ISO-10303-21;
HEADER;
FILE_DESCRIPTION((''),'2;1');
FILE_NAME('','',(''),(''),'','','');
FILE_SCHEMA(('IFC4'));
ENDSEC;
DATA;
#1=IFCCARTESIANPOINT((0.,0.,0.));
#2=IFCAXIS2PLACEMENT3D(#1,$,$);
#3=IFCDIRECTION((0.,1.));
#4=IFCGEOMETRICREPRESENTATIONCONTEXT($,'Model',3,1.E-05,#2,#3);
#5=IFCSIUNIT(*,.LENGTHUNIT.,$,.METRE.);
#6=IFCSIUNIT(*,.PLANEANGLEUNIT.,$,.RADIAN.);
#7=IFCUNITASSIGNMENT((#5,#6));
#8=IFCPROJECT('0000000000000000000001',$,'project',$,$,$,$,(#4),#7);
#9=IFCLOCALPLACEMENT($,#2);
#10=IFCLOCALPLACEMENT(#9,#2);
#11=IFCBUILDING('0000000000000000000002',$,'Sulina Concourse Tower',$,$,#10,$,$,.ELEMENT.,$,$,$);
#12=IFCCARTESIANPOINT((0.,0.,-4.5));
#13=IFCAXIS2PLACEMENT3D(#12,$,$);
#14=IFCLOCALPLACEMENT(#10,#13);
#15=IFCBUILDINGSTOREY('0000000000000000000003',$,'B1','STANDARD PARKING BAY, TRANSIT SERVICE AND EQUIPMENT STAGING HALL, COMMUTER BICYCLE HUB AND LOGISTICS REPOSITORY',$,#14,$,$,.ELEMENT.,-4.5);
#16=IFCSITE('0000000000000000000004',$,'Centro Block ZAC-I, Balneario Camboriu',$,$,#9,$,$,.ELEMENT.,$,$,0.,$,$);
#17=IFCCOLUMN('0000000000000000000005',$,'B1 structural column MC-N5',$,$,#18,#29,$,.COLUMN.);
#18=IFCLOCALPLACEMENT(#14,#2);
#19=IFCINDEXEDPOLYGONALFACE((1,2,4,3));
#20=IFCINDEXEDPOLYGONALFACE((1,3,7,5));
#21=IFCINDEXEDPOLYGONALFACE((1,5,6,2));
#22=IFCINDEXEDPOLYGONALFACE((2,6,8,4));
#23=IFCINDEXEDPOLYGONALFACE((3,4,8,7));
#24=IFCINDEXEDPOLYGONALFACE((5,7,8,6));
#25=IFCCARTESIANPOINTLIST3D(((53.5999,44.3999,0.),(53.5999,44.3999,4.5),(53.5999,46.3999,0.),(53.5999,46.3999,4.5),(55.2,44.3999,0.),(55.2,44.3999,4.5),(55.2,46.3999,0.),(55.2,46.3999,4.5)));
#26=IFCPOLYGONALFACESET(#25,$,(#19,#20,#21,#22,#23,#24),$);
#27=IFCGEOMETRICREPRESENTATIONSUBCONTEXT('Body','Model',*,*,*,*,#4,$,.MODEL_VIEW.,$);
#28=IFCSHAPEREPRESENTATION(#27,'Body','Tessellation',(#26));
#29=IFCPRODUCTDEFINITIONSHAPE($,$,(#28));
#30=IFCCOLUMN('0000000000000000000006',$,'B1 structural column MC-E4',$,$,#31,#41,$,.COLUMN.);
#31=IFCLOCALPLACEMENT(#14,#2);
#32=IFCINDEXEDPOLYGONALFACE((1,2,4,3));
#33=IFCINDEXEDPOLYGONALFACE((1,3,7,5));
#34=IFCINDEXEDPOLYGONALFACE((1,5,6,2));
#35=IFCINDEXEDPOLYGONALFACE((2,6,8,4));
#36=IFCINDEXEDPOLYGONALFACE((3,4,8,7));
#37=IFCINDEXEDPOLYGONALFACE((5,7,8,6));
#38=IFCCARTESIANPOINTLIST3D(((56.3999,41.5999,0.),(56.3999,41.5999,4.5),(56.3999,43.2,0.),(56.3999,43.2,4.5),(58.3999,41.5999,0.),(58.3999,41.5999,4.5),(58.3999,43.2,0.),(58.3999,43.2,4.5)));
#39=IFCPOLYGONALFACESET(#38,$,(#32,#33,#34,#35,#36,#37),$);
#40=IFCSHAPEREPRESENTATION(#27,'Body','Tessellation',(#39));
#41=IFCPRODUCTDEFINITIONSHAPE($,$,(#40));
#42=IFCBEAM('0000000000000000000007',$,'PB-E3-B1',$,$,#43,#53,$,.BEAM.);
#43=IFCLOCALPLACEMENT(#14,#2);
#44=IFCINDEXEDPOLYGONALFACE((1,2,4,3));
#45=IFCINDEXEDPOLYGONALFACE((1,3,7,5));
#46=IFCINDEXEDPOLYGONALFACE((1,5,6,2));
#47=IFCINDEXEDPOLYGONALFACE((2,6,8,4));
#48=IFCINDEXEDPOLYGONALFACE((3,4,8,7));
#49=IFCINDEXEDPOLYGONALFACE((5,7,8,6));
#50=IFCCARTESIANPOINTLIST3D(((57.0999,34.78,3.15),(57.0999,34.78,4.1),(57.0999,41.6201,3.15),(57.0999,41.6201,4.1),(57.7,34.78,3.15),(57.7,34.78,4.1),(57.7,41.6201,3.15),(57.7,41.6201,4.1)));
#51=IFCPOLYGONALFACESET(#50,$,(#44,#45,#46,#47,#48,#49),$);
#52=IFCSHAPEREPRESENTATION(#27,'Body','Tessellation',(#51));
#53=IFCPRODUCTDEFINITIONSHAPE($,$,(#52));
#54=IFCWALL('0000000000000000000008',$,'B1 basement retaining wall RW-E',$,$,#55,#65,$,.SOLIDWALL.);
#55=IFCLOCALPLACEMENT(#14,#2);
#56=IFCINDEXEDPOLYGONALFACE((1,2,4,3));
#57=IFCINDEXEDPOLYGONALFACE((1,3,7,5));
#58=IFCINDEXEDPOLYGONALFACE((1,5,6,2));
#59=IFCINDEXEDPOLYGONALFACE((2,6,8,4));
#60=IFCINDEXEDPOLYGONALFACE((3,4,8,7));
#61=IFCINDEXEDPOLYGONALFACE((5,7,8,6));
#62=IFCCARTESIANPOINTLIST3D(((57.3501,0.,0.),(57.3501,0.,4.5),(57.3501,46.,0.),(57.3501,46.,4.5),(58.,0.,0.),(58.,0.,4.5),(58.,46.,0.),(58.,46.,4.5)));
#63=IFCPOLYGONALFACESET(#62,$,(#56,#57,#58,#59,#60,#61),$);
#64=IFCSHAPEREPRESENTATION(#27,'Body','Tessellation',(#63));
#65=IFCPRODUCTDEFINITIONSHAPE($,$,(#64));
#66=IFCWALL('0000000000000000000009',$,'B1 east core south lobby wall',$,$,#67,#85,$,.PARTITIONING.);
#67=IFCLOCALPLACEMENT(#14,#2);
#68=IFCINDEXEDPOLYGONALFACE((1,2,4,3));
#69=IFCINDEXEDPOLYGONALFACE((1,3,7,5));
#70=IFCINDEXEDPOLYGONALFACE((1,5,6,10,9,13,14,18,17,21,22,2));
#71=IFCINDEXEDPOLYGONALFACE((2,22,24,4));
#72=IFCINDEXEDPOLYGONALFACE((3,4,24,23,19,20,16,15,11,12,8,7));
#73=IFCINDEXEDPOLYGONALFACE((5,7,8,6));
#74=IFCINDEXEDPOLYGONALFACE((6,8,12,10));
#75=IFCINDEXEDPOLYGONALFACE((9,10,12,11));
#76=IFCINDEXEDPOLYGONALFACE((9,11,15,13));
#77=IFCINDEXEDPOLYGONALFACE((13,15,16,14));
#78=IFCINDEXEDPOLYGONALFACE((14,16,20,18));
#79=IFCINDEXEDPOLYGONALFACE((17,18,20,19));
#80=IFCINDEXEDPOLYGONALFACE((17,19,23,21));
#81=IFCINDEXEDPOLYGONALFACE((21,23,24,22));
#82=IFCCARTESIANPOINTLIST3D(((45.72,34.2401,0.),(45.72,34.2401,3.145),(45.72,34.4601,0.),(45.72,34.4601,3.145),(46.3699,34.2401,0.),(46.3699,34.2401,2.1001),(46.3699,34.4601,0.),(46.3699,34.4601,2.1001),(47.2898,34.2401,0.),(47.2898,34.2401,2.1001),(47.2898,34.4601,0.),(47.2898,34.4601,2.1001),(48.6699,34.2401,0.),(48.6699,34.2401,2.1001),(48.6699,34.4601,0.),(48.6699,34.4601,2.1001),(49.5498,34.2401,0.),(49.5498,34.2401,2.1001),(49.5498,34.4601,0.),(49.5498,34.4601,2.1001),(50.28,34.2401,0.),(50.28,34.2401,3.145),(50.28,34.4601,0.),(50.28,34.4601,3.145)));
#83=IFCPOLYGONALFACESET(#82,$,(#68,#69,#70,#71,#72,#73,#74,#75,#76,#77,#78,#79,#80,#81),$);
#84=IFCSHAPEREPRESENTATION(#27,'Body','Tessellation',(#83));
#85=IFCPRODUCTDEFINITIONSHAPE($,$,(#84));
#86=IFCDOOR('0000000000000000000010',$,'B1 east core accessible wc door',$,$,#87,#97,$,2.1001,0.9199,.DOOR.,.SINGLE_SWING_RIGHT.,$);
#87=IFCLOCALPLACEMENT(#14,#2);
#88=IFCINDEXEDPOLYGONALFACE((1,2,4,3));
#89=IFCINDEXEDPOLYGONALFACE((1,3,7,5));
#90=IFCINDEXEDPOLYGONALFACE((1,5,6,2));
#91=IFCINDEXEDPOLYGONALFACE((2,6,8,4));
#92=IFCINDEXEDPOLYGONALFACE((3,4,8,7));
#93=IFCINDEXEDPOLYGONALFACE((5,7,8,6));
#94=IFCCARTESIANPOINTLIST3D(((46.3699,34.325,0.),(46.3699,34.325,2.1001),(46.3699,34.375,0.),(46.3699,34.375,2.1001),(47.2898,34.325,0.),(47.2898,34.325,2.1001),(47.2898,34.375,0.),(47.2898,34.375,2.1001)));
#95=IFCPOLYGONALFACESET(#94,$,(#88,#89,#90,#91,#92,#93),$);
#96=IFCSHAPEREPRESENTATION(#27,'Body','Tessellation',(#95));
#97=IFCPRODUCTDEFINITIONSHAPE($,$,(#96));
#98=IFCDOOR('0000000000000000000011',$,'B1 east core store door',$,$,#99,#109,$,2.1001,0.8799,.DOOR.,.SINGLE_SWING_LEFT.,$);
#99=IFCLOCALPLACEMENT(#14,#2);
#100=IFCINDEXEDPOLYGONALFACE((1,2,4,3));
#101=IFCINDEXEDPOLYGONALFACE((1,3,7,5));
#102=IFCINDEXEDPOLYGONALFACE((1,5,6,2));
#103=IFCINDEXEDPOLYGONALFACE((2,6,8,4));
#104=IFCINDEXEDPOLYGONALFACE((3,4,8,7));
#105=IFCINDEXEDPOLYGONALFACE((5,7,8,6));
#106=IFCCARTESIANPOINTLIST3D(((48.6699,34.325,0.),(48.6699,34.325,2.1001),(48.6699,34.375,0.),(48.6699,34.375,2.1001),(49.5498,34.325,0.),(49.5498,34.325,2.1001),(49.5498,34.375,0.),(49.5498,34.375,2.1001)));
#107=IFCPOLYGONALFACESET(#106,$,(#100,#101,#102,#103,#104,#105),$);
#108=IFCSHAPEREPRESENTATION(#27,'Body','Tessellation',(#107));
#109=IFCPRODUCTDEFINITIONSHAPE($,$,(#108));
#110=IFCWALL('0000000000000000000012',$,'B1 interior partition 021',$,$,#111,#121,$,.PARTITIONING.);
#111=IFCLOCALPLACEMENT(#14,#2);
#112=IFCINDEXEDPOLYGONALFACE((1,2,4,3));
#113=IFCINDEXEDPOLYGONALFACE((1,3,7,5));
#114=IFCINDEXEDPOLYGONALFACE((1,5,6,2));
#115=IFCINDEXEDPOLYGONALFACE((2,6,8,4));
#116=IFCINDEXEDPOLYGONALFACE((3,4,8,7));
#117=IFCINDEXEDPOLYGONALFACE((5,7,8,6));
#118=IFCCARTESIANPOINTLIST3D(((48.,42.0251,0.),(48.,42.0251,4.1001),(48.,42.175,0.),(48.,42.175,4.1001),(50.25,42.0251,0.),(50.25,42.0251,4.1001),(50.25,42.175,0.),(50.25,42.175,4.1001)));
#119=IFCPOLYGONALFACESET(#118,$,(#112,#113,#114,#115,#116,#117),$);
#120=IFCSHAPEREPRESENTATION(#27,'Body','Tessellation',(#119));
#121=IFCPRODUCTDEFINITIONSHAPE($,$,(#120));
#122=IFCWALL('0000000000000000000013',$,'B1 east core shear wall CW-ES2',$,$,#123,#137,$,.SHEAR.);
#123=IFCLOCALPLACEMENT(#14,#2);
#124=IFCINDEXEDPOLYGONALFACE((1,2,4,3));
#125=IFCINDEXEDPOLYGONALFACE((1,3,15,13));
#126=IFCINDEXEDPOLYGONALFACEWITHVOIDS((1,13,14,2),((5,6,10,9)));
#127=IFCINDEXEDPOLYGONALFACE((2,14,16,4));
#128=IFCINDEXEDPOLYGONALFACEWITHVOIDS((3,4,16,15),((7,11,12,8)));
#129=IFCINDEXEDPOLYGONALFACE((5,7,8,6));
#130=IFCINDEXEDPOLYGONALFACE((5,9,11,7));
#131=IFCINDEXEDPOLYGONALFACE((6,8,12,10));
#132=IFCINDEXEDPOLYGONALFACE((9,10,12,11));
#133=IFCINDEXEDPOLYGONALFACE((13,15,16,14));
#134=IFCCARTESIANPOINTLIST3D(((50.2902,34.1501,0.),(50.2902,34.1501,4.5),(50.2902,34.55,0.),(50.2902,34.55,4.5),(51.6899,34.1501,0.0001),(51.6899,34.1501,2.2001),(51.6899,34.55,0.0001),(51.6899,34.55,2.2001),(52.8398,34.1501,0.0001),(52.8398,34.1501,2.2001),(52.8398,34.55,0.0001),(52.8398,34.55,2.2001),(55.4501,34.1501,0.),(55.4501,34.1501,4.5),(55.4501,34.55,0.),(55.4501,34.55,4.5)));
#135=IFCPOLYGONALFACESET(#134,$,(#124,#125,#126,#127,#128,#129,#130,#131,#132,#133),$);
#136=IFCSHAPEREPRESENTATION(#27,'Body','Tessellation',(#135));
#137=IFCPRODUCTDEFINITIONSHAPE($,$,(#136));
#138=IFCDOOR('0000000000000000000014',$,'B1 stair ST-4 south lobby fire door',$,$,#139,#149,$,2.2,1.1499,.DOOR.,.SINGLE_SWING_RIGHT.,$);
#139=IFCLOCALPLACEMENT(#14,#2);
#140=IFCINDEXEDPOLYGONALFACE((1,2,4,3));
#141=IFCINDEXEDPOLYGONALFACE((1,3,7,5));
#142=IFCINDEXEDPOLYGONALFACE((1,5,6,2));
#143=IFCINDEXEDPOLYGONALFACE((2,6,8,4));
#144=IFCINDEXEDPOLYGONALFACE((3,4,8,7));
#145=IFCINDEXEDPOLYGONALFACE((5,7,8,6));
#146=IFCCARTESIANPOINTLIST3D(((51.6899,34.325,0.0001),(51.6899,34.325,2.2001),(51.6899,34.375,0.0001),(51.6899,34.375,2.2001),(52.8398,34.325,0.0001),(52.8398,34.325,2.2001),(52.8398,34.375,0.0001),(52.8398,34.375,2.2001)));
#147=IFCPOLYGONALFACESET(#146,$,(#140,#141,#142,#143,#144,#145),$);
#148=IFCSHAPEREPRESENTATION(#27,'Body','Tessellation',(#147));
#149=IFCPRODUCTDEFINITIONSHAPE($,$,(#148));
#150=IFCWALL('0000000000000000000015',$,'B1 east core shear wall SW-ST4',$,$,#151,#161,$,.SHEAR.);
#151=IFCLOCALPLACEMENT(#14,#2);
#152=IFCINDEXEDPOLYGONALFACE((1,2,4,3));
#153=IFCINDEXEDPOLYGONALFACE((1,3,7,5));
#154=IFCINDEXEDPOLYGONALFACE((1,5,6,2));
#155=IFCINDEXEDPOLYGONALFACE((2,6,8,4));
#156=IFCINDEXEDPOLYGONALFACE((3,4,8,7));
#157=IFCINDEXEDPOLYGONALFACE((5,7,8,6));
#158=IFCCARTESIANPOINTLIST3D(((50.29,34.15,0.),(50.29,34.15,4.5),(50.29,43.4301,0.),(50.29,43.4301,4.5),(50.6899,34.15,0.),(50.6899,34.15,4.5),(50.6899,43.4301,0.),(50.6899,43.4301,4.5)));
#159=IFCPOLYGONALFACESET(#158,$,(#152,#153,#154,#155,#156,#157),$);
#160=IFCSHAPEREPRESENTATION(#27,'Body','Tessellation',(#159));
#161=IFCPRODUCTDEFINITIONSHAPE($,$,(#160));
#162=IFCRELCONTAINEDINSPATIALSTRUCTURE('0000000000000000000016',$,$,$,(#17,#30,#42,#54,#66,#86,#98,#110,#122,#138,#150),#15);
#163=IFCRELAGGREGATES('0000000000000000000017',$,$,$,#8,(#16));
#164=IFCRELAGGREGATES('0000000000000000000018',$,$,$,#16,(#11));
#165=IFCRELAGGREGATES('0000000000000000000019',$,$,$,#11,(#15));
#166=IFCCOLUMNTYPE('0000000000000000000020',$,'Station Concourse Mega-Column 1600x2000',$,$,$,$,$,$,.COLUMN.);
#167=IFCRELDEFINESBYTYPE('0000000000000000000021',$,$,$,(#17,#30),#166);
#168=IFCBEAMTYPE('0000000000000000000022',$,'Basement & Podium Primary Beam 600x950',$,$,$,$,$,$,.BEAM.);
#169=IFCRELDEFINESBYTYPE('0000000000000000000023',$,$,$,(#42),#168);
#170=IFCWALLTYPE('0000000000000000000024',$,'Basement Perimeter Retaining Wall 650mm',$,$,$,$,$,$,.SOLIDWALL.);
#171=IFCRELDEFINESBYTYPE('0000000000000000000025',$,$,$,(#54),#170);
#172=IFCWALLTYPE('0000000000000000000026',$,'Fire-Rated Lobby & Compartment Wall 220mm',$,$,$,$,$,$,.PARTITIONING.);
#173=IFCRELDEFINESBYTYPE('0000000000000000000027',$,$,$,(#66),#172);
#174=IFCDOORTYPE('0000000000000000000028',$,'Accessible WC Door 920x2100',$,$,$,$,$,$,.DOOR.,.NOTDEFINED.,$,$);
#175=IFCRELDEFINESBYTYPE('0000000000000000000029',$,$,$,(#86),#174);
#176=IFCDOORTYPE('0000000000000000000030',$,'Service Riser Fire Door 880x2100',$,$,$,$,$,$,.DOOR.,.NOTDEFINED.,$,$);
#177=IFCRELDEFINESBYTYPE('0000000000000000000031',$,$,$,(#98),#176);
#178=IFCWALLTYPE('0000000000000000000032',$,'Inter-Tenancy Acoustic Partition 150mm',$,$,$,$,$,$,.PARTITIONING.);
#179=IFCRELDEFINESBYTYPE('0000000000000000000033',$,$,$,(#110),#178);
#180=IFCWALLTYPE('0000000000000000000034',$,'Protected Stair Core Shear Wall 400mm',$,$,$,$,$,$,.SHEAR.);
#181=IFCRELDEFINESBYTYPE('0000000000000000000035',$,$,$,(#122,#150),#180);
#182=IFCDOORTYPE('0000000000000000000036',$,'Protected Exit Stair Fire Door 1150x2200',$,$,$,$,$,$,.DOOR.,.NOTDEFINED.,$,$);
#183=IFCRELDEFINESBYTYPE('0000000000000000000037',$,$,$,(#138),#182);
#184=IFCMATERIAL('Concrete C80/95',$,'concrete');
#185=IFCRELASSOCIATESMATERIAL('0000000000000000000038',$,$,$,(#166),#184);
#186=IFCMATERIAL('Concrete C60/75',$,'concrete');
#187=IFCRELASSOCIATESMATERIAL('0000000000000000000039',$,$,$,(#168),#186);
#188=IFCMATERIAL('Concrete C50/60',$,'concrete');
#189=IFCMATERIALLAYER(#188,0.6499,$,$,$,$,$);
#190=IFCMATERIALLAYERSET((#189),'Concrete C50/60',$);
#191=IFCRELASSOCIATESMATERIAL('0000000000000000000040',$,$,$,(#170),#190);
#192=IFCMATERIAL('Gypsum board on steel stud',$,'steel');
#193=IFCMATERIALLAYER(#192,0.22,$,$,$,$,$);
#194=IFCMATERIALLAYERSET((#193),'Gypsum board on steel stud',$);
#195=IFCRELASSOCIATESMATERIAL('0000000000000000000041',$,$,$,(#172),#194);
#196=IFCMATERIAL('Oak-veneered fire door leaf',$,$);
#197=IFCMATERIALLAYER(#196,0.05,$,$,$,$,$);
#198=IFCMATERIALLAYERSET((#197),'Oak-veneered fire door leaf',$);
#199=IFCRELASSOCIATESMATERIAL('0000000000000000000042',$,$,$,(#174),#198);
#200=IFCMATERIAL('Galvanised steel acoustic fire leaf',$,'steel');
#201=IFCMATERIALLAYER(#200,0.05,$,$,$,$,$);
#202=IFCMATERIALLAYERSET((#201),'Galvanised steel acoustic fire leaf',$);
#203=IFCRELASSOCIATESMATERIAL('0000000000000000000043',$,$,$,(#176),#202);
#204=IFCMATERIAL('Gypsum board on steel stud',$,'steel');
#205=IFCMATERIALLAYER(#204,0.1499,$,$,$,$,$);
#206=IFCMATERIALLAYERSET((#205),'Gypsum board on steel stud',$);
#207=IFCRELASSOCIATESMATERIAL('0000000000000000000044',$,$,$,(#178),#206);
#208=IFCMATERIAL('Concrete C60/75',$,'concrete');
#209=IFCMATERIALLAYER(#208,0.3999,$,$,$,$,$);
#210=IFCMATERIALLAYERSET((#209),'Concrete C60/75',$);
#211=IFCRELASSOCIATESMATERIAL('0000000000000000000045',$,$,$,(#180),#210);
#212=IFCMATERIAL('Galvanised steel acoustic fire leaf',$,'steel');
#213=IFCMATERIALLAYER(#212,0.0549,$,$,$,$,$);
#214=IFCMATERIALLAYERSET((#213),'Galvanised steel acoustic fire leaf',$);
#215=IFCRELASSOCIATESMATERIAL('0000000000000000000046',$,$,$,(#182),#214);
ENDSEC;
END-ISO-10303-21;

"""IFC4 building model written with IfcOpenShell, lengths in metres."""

from ifc_helpers import new_model, si_unit, direction, frame, frame_2d, origin, origin_2d, place, context, subcontext, project, spatial, rectangle, extrude, material, layer, layer_set, material_profile, profile_set, type_object, element, fill, save


model = new_model("IFC4")

# Units and contexts
model_context = context("Model", 3, precision=1e-05, world=origin(), true_north=direction((0.0, 1.0)))
body_context = subcontext(model_context, "Body", "Model", "MODEL_VIEW")
ifc_project = project(units=[si_unit("LENGTHUNIT", "METRE"), si_unit("PLANEANGLEUNIT", "RADIAN")], contexts=[model_context])

# Site, building, storey
site_placement = place(None, origin())
site = spatial("IfcSite", under=ifc_project, at=site_placement, Name="Centro Block ZAC-I, Balneario Camboriu", CompositionType="ELEMENT", RefElevation=0.0)
building_placement = place(site_placement, origin())
building = spatial("IfcBuilding", under=site, at=building_placement, Name="Sulina Concourse Tower", CompositionType="ELEMENT")
storey_placement = place(building_placement, frame((0.0, 0.0, -4.5)))
storey = spatial("IfcBuildingStorey", under=building, at=storey_placement, Name="B1", Description="STANDARD PARKING BAY, TRANSIT SERVICE AND EQUIPMENT STAGING HALL, COMMUTER BICYCLE HUB AND LOGISTICS REPOSITORY", CompositionType="ELEMENT", Elevation=-4.5)

# Columns
ifc_material_1 = material(Name="Concrete C80/95", Category="concrete")
ifc_material_profile_1 = material_profile(ifc_material_1, rectangle(XDim=1.6001, YDim=2.0, at=origin_2d()), Name="RC 1600x2000")
ifc_profile_set_1 = profile_set([ifc_material_profile_1], Name="Concrete C80/95")
column_type = type_object("IfcColumnType", Name="Station Concourse Mega-Column 1600x2000", PredefinedType="COLUMN", material=ifc_profile_set_1)
for number, where, z_axis, x_axis, name in (
    (1, (54.3999, 45.3999, 0.0), (0.0, 0.0, 1.0), (1.0, 0.0, 0.0), "B1 structural column MC-N5"),
    (2, (57.3999, 42.3999, 0.0), (0.0, 0.0, 1.0), (0.0, 1.0, 0.0), "B1 structural column MC-E4"),
):
    element("IfcColumn", number, at=place(storey_placement, frame(where, z_axis=z_axis, x_axis=x_axis)), inside=storey, type_object=column_type, Name=name, PredefinedType="COLUMN", context=body_context, shape_type="SweptSolid", body=[
        extrude(rectangle(XDim=1.6001, YDim=2.0, at=origin_2d()), origin(), (0.0, 0.0, 1.0), 4.5),
    ])

# Beam
ifc_material_2 = material(Name="Concrete C60/75", Category="concrete")
ifc_material_profile_2 = material_profile(ifc_material_2, rectangle(XDim=0.6001, YDim=0.95, at=origin_2d()), Name="RC 600x950")
ifc_profile_set_2 = profile_set([ifc_material_profile_2], Name="Concrete C60/75")
beam_type = type_object("IfcBeamType", Name="Basement & Podium Primary Beam 600x950", PredefinedType="BEAM", material=ifc_profile_set_2)
beam_placement = place(storey_placement, frame((57.3999, 34.78, 3.625), z_axis=(0.0, 1.0, 0.0), x_axis=(-1.0, 0.0, 0.0)))
element("IfcBeam", 3, at=beam_placement, inside=storey, type_object=beam_type, Name="PB-E3-B1", PredefinedType="BEAM", context=body_context, shape_type="SweptSolid", body=[
    extrude(rectangle(XDim=0.6001, YDim=0.95, at=origin_2d()), origin(), (0.0, 0.0, 1.0), 6.8401),
])

# Wall
ifc_material_3 = material(Name="Concrete C50/60", Category="concrete")
ifc_layer_1 = layer(ifc_material_3, 0.6499)
ifc_layer_set_1 = layer_set([ifc_layer_1], Name="Concrete C50/60")
wall_type_1 = type_object("IfcWallType", Name="Basement Perimeter Retaining Wall 650mm", PredefinedType="SOLIDWALL", material=ifc_layer_set_1)
wall_1_placement = place(storey_placement, frame((57.675, 46.0, 0.0), z_axis=(0.0, 0.0, 1.0), x_axis=(0.0, -1.0, 0.0)))
element("IfcWall", 4, at=wall_1_placement, inside=storey, type_object=wall_type_1, Name="B1 basement retaining wall RW-E", PredefinedType="SOLIDWALL", context=body_context, shape_type="SweptSolid", body=[
    extrude(rectangle(XDim=46.0, YDim=0.6499, at=frame_2d((23.0, 0.0))), origin(), (0.0, 0.0, 1.0), 4.5),
])

# Wall, openings, doors
ifc_material_4 = material(Name="Gypsum board on steel stud", Category="steel")
ifc_layer_2 = layer(ifc_material_4, 0.22)
ifc_layer_set_2 = layer_set([ifc_layer_2], Name="Gypsum board on steel stud")
wall_type_2 = type_object("IfcWallType", Name="Fire-Rated Lobby & Compartment Wall 220mm", PredefinedType="PARTITIONING", material=ifc_layer_set_2)
wall_2_placement = place(storey_placement, frame((45.72, 34.3501, 0.0), z_axis=(0.0, 0.0, 1.0), x_axis=(1.0, 0.0, 0.0)))
wall_2 = element("IfcWall", 5, at=wall_2_placement, inside=storey, type_object=wall_type_2, Name="B1 east core south lobby wall", PredefinedType="PARTITIONING", context=body_context, shape_type="SweptSolid", body=[
    extrude(rectangle(XDim=4.5601, YDim=0.22, at=frame_2d((2.28, 0.0))), origin(), (0.0, 0.0, 1.0), 3.145),
])
opening_1_placement = place(wall_2_placement, frame((0.6499, 0.0, 0.0)))
opening_1 = element("IfcOpeningElement", 6, at=opening_1_placement, cuts=wall_2, PredefinedType="OPENING", context=body_context, shape_type="SweptSolid", body=[
    extrude(rectangle(XDim=0.9199, YDim=2.1001, at=frame_2d((0.46, 1.05))), frame((0.0, 0.1199, 0.0), z_axis=(0.0, -1.0, 0.0), x_axis=(1.0, 0.0, 0.0)), (0.0, 0.0, 1.0), 0.24),
])
opening_2_placement = place(wall_2_placement, frame((2.95, 0.0, 0.0)))
opening_2 = element("IfcOpeningElement", 7, at=opening_2_placement, cuts=wall_2, PredefinedType="OPENING", context=body_context, shape_type="SweptSolid", body=[
    extrude(rectangle(XDim=0.8799, YDim=2.1001, at=frame_2d((0.4399, 1.05))), frame((0.0, 0.1199, 0.0), z_axis=(0.0, -1.0, 0.0), x_axis=(1.0, 0.0, 0.0)), (0.0, 0.0, 1.0), 0.24),
])
ifc_material_5 = material(Name="Oak-veneered fire door leaf")
ifc_layer_3 = layer(ifc_material_5, 0.05)
ifc_layer_set_3 = layer_set([ifc_layer_3], Name="Oak-veneered fire door leaf")
door_type_1 = type_object("IfcDoorType", Name="Accessible WC Door 920x2100", OperationType="NOTDEFINED", PredefinedType="DOOR", material=ifc_layer_set_3)
door_1_placement = place(opening_1_placement, origin())
door_1 = element("IfcDoor", 8, at=door_1_placement, inside=storey, type_object=door_type_1, Name="B1 east core accessible wc door", OperationType="SINGLE_SWING_RIGHT", OverallHeight=2.1001, OverallWidth=0.9199, PredefinedType="DOOR", context=body_context, shape_type="SweptSolid", body=[
    extrude(rectangle(XDim=0.9199, YDim=2.1001, at=frame_2d((0.46, 1.05))), frame((0.0, 0.0249, 0.0), z_axis=(0.0, -1.0, 0.0), x_axis=(1.0, 0.0, 0.0)), (0.0, 0.0, 1.0), 0.05),
])
fill(opening_1, door_1)
ifc_material_6 = material(Name="Galvanised steel acoustic fire leaf", Category="steel")
ifc_layer_4 = layer(ifc_material_6, 0.05)
ifc_layer_set_4 = layer_set([ifc_layer_4], Name="Galvanised steel acoustic fire leaf")
door_type_2 = type_object("IfcDoorType", Name="Service Riser Fire Door 880x2100", OperationType="NOTDEFINED", PredefinedType="DOOR", material=ifc_layer_set_4)
door_2_placement = place(opening_2_placement, origin())
door_2 = element("IfcDoor", 9, at=door_2_placement, inside=storey, type_object=door_type_2, Name="B1 east core store door", OperationType="SINGLE_SWING_LEFT", OverallHeight=2.1001, OverallWidth=0.8799, PredefinedType="DOOR", context=body_context, shape_type="SweptSolid", body=[
    extrude(rectangle(XDim=0.8799, YDim=2.1001, at=frame_2d((0.4399, 1.05))), frame((0.0, 0.0249, 0.0), z_axis=(0.0, -1.0, 0.0), x_axis=(1.0, 0.0, 0.0)), (0.0, 0.0, 1.0), 0.05),
])
fill(opening_2, door_2)

# Wall
ifc_material_7 = material(Name="Gypsum board on steel stud", Category="steel")
ifc_layer_5 = layer(ifc_material_7, 0.1499)
ifc_layer_set_5 = layer_set([ifc_layer_5], Name="Gypsum board on steel stud")
wall_type_3 = type_object("IfcWallType", Name="Inter-Tenancy Acoustic Partition 150mm", PredefinedType="PARTITIONING", material=ifc_layer_set_5)
wall_3_placement = place(storey_placement, frame((48.0, 42.1001, 0.0), z_axis=(0.0, 0.0, 1.0), x_axis=(1.0, 0.0, 0.0)))
element("IfcWall", 10, at=wall_3_placement, inside=storey, type_object=wall_type_3, Name="B1 interior partition 021", PredefinedType="PARTITIONING", context=body_context, shape_type="SweptSolid", body=[
    extrude(rectangle(XDim=2.25, YDim=0.1499, at=frame_2d((1.125, 0.0))), origin(), (0.0, 0.0, 1.0), 4.1001),
])

# Wall, opening, door
ifc_material_8 = material(Name="Concrete C60/75", Category="concrete")
ifc_layer_6 = layer(ifc_material_8, 0.3999)
ifc_layer_set_6 = layer_set([ifc_layer_6], Name="Concrete C60/75")
wall_type_4 = type_object("IfcWallType", Name="Protected Stair Core Shear Wall 400mm", PredefinedType="SHEAR", material=ifc_layer_set_6)
wall_4_placement = place(storey_placement, frame((50.29, 34.3501, 0.0), z_axis=(0.0, 0.0, 1.0), x_axis=(1.0, 0.0, 0.0)))
wall_4 = element("IfcWall", 11, at=wall_4_placement, inside=storey, type_object=wall_type_4, Name="B1 east core shear wall CW-ES2", PredefinedType="SHEAR", context=body_context, shape_type="SweptSolid", body=[
    extrude(rectangle(XDim=5.1599, YDim=0.3999, at=frame_2d((2.5801, 0.0))), origin(), (0.0, 0.0, 1.0), 4.5),
])
opening_3_placement = place(wall_4_placement, frame((1.3999, 0.0, 0.0)))
opening_3 = element("IfcOpeningElement", 12, at=opening_3_placement, cuts=wall_4, PredefinedType="OPENING", context=body_context, shape_type="SweptSolid", body=[
    extrude(rectangle(XDim=1.1499, YDim=2.2, at=frame_2d((0.575, 1.1001))), frame((0.0, 0.21, 0.0), z_axis=(0.0, -1.0, 0.0), x_axis=(1.0, 0.0, 0.0)), (0.0, 0.0, 1.0), 0.4199),
])
ifc_material_9 = material(Name="Galvanised steel acoustic fire leaf", Category="steel")
ifc_layer_7 = layer(ifc_material_9, 0.0549)
ifc_layer_set_7 = layer_set([ifc_layer_7], Name="Galvanised steel acoustic fire leaf")
door_type_3 = type_object("IfcDoorType", Name="Protected Exit Stair Fire Door 1150x2200", OperationType="NOTDEFINED", PredefinedType="DOOR", material=ifc_layer_set_7)
door_3_placement = place(opening_3_placement, origin())
door_3 = element("IfcDoor", 13, at=door_3_placement, inside=storey, type_object=door_type_3, Name="B1 stair ST-4 south lobby fire door", OperationType="SINGLE_SWING_RIGHT", OverallHeight=2.2, OverallWidth=1.1499, PredefinedType="DOOR", context=body_context, shape_type="SweptSolid", body=[
    extrude(rectangle(XDim=1.1499, YDim=2.2, at=frame_2d((0.575, 1.1001))), frame((0.0, 0.0249, 0.0), z_axis=(0.0, -1.0, 0.0), x_axis=(1.0, 0.0, 0.0)), (0.0, 0.0, 1.0), 0.05),
])
fill(opening_3, door_3)

# Wall
wall_5_placement = place(storey_placement, frame((50.49, 34.1499, 0.0), z_axis=(0.0, 0.0, 1.0), x_axis=(0.0, 1.0, 0.0)))
element("IfcWall", 14, at=wall_5_placement, inside=storey, type_object=wall_type_4, Name="B1 east core shear wall SW-ST4", PredefinedType="SHEAR", context=body_context, shape_type="SweptSolid", body=[
    extrude(rectangle(XDim=9.28, YDim=0.3999, at=frame_2d((4.6401, 0.0))), origin(), (0.0, 0.0, 1.0), 4.5),
])

save(model, "model.ifc")
